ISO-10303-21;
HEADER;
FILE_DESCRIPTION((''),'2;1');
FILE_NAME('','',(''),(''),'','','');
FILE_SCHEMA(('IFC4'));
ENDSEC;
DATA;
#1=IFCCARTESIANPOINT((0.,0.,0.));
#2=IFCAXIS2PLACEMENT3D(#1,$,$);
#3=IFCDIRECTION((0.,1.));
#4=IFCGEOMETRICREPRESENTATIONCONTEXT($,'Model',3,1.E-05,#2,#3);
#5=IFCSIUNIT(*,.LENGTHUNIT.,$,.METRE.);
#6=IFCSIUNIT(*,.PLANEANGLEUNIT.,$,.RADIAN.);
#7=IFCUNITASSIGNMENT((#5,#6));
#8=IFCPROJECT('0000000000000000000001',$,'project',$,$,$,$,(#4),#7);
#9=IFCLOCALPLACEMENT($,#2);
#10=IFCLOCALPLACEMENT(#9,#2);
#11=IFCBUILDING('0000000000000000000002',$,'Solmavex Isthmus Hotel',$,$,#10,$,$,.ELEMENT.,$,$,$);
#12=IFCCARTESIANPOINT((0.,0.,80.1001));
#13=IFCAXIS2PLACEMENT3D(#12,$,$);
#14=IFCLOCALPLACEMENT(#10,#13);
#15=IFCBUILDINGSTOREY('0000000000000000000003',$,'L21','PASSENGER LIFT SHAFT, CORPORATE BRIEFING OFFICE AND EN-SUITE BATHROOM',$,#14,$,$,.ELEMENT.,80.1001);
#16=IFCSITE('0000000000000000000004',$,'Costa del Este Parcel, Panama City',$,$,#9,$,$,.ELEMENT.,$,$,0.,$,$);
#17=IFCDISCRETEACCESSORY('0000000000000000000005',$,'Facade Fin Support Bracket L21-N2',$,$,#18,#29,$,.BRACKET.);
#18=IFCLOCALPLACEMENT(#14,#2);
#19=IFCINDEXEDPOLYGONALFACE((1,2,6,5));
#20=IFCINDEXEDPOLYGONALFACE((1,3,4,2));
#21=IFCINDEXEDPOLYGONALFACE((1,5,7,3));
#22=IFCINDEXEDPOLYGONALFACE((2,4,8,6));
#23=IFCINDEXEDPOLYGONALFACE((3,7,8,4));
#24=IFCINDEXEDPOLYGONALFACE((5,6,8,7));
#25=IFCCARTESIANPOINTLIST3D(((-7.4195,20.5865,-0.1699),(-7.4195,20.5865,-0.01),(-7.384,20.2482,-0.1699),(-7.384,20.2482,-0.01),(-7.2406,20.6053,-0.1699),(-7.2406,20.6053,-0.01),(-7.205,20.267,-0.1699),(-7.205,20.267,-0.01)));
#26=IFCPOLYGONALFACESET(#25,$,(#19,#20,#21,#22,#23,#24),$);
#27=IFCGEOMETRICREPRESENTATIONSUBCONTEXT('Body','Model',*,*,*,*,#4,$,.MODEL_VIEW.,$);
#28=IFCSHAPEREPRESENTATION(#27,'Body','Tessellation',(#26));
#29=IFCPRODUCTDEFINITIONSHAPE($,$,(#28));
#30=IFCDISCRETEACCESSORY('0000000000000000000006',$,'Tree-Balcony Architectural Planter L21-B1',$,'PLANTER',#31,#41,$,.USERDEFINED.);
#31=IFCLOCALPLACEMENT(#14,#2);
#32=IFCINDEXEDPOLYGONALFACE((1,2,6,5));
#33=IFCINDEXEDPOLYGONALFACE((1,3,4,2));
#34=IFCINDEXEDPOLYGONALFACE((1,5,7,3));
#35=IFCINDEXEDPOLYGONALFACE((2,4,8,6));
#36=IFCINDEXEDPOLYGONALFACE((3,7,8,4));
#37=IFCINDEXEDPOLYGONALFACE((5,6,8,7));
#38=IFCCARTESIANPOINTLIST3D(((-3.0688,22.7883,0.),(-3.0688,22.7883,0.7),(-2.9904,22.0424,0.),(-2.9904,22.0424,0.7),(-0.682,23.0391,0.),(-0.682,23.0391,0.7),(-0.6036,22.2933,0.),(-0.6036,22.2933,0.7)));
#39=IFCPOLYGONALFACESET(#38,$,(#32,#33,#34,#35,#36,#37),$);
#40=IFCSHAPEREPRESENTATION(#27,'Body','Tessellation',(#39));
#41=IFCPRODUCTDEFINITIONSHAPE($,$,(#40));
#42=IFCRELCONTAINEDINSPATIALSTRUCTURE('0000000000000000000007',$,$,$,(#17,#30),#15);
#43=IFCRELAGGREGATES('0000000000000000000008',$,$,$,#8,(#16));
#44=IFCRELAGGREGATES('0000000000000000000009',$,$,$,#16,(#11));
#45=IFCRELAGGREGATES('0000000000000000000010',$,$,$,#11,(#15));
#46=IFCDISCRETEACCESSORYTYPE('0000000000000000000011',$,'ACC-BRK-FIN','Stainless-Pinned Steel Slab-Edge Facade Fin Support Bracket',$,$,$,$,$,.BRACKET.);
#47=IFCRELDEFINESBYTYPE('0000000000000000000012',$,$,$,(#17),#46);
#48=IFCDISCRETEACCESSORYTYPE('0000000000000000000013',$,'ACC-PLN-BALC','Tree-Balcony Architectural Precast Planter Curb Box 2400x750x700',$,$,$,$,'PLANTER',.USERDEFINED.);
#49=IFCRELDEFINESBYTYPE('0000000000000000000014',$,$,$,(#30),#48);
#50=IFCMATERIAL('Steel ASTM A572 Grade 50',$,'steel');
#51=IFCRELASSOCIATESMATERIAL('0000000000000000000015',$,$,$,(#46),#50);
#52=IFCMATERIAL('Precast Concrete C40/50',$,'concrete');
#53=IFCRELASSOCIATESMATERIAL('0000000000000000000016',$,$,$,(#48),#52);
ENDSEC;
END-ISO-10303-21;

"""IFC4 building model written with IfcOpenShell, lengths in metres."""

from ifc_helpers import new_model, si_unit, direction, frame, origin, origin_2d, place, context, subcontext, project, spatial, rectangle, extrude, material, type_object, element, save


model = new_model("IFC4")

# Units and contexts
model_context = context("Model", 3, precision=1e-05, world=origin(), true_north=direction((0.0, 1.0)))
body_context = subcontext(model_context, "Body", "Model", "MODEL_VIEW")
ifc_project = project(units=[si_unit("LENGTHUNIT", "METRE"), si_unit("PLANEANGLEUNIT", "RADIAN")], contexts=[model_context])

# Site, building, storey
site_placement = place(None, origin())
site = spatial("IfcSite", under=ifc_project, at=site_placement, Name="Costa del Este Parcel, Panama City", CompositionType="ELEMENT", RefElevation=0.0)
building_placement = place(site_placement, origin())
building = spatial("IfcBuilding", under=site, at=building_placement, Name="Solmavex Isthmus Hotel", CompositionType="ELEMENT")
storey_placement = place(building_placement, frame((0.0, 0.0, 80.1001)))
storey = spatial("IfcBuildingStorey", under=building, at=storey_placement, Name="L21", Description="PASSENGER LIFT SHAFT, CORPORATE BRIEFING OFFICE AND EN-SUITE BATHROOM", CompositionType="ELEMENT", Elevation=80.1001)

# Shared definitions
ifc_material_1 = material(Name="Steel ASTM A572 Grade 50", Category="steel")

# Shared definitions
ifc_material_2 = material(Name="Precast Concrete C40/50", Category="concrete")

# Discrete accessories
discrete_accessory_type_1 = type_object("IfcDiscreteAccessoryType", Name="ACC-BRK-FIN", Description="Stainless-Pinned Steel Slab-Edge Facade Fin Support Bracket", PredefinedType="BRACKET", material=ifc_material_1)
discrete_accessory_1_placement = place(storey_placement, frame((-7.3123, 20.4268, -0.1699), z_axis=(0.0, 0.0, 1.0), x_axis=(-0.104528, 0.994522, 0.0)))
element("IfcDiscreteAccessory", 1, at=discrete_accessory_1_placement, inside=storey, type_object=discrete_accessory_type_1, Name="Facade Fin Support Bracket L21-N2", PredefinedType="BRACKET", context=body_context, shape_type="SweptSolid", body=[
    extrude(rectangle(XDim=0.3401, YDim=0.1799, at=origin_2d()), origin(), (0.0, 0.0, 1.0), 0.1599),
])
discrete_accessory_type_2 = type_object("IfcDiscreteAccessoryType", Name="ACC-PLN-BALC", Description="Tree-Balcony Architectural Precast Planter Curb Box 2400x750x700", ElementType="PLANTER", PredefinedType="USERDEFINED", material=ifc_material_2)
discrete_accessory_2_placement = place(storey_placement, frame((-1.8362, 22.5408, 0.0), z_axis=(0.0, 0.0, 1.0), x_axis=(0.994522, 0.104528, 0.0)))
element("IfcDiscreteAccessory", 2, at=discrete_accessory_2_placement, inside=storey, type_object=discrete_accessory_type_2, Name="Tree-Balcony Architectural Planter L21-B1", ObjectType="PLANTER", PredefinedType="USERDEFINED", context=body_context, shape_type="SweptSolid", body=[
    extrude(rectangle(XDim=2.3999, YDim=0.75, at=origin_2d()), origin(), (0.0, 0.0, 1.0), 0.7),
])

save(model, "model.ifc")
